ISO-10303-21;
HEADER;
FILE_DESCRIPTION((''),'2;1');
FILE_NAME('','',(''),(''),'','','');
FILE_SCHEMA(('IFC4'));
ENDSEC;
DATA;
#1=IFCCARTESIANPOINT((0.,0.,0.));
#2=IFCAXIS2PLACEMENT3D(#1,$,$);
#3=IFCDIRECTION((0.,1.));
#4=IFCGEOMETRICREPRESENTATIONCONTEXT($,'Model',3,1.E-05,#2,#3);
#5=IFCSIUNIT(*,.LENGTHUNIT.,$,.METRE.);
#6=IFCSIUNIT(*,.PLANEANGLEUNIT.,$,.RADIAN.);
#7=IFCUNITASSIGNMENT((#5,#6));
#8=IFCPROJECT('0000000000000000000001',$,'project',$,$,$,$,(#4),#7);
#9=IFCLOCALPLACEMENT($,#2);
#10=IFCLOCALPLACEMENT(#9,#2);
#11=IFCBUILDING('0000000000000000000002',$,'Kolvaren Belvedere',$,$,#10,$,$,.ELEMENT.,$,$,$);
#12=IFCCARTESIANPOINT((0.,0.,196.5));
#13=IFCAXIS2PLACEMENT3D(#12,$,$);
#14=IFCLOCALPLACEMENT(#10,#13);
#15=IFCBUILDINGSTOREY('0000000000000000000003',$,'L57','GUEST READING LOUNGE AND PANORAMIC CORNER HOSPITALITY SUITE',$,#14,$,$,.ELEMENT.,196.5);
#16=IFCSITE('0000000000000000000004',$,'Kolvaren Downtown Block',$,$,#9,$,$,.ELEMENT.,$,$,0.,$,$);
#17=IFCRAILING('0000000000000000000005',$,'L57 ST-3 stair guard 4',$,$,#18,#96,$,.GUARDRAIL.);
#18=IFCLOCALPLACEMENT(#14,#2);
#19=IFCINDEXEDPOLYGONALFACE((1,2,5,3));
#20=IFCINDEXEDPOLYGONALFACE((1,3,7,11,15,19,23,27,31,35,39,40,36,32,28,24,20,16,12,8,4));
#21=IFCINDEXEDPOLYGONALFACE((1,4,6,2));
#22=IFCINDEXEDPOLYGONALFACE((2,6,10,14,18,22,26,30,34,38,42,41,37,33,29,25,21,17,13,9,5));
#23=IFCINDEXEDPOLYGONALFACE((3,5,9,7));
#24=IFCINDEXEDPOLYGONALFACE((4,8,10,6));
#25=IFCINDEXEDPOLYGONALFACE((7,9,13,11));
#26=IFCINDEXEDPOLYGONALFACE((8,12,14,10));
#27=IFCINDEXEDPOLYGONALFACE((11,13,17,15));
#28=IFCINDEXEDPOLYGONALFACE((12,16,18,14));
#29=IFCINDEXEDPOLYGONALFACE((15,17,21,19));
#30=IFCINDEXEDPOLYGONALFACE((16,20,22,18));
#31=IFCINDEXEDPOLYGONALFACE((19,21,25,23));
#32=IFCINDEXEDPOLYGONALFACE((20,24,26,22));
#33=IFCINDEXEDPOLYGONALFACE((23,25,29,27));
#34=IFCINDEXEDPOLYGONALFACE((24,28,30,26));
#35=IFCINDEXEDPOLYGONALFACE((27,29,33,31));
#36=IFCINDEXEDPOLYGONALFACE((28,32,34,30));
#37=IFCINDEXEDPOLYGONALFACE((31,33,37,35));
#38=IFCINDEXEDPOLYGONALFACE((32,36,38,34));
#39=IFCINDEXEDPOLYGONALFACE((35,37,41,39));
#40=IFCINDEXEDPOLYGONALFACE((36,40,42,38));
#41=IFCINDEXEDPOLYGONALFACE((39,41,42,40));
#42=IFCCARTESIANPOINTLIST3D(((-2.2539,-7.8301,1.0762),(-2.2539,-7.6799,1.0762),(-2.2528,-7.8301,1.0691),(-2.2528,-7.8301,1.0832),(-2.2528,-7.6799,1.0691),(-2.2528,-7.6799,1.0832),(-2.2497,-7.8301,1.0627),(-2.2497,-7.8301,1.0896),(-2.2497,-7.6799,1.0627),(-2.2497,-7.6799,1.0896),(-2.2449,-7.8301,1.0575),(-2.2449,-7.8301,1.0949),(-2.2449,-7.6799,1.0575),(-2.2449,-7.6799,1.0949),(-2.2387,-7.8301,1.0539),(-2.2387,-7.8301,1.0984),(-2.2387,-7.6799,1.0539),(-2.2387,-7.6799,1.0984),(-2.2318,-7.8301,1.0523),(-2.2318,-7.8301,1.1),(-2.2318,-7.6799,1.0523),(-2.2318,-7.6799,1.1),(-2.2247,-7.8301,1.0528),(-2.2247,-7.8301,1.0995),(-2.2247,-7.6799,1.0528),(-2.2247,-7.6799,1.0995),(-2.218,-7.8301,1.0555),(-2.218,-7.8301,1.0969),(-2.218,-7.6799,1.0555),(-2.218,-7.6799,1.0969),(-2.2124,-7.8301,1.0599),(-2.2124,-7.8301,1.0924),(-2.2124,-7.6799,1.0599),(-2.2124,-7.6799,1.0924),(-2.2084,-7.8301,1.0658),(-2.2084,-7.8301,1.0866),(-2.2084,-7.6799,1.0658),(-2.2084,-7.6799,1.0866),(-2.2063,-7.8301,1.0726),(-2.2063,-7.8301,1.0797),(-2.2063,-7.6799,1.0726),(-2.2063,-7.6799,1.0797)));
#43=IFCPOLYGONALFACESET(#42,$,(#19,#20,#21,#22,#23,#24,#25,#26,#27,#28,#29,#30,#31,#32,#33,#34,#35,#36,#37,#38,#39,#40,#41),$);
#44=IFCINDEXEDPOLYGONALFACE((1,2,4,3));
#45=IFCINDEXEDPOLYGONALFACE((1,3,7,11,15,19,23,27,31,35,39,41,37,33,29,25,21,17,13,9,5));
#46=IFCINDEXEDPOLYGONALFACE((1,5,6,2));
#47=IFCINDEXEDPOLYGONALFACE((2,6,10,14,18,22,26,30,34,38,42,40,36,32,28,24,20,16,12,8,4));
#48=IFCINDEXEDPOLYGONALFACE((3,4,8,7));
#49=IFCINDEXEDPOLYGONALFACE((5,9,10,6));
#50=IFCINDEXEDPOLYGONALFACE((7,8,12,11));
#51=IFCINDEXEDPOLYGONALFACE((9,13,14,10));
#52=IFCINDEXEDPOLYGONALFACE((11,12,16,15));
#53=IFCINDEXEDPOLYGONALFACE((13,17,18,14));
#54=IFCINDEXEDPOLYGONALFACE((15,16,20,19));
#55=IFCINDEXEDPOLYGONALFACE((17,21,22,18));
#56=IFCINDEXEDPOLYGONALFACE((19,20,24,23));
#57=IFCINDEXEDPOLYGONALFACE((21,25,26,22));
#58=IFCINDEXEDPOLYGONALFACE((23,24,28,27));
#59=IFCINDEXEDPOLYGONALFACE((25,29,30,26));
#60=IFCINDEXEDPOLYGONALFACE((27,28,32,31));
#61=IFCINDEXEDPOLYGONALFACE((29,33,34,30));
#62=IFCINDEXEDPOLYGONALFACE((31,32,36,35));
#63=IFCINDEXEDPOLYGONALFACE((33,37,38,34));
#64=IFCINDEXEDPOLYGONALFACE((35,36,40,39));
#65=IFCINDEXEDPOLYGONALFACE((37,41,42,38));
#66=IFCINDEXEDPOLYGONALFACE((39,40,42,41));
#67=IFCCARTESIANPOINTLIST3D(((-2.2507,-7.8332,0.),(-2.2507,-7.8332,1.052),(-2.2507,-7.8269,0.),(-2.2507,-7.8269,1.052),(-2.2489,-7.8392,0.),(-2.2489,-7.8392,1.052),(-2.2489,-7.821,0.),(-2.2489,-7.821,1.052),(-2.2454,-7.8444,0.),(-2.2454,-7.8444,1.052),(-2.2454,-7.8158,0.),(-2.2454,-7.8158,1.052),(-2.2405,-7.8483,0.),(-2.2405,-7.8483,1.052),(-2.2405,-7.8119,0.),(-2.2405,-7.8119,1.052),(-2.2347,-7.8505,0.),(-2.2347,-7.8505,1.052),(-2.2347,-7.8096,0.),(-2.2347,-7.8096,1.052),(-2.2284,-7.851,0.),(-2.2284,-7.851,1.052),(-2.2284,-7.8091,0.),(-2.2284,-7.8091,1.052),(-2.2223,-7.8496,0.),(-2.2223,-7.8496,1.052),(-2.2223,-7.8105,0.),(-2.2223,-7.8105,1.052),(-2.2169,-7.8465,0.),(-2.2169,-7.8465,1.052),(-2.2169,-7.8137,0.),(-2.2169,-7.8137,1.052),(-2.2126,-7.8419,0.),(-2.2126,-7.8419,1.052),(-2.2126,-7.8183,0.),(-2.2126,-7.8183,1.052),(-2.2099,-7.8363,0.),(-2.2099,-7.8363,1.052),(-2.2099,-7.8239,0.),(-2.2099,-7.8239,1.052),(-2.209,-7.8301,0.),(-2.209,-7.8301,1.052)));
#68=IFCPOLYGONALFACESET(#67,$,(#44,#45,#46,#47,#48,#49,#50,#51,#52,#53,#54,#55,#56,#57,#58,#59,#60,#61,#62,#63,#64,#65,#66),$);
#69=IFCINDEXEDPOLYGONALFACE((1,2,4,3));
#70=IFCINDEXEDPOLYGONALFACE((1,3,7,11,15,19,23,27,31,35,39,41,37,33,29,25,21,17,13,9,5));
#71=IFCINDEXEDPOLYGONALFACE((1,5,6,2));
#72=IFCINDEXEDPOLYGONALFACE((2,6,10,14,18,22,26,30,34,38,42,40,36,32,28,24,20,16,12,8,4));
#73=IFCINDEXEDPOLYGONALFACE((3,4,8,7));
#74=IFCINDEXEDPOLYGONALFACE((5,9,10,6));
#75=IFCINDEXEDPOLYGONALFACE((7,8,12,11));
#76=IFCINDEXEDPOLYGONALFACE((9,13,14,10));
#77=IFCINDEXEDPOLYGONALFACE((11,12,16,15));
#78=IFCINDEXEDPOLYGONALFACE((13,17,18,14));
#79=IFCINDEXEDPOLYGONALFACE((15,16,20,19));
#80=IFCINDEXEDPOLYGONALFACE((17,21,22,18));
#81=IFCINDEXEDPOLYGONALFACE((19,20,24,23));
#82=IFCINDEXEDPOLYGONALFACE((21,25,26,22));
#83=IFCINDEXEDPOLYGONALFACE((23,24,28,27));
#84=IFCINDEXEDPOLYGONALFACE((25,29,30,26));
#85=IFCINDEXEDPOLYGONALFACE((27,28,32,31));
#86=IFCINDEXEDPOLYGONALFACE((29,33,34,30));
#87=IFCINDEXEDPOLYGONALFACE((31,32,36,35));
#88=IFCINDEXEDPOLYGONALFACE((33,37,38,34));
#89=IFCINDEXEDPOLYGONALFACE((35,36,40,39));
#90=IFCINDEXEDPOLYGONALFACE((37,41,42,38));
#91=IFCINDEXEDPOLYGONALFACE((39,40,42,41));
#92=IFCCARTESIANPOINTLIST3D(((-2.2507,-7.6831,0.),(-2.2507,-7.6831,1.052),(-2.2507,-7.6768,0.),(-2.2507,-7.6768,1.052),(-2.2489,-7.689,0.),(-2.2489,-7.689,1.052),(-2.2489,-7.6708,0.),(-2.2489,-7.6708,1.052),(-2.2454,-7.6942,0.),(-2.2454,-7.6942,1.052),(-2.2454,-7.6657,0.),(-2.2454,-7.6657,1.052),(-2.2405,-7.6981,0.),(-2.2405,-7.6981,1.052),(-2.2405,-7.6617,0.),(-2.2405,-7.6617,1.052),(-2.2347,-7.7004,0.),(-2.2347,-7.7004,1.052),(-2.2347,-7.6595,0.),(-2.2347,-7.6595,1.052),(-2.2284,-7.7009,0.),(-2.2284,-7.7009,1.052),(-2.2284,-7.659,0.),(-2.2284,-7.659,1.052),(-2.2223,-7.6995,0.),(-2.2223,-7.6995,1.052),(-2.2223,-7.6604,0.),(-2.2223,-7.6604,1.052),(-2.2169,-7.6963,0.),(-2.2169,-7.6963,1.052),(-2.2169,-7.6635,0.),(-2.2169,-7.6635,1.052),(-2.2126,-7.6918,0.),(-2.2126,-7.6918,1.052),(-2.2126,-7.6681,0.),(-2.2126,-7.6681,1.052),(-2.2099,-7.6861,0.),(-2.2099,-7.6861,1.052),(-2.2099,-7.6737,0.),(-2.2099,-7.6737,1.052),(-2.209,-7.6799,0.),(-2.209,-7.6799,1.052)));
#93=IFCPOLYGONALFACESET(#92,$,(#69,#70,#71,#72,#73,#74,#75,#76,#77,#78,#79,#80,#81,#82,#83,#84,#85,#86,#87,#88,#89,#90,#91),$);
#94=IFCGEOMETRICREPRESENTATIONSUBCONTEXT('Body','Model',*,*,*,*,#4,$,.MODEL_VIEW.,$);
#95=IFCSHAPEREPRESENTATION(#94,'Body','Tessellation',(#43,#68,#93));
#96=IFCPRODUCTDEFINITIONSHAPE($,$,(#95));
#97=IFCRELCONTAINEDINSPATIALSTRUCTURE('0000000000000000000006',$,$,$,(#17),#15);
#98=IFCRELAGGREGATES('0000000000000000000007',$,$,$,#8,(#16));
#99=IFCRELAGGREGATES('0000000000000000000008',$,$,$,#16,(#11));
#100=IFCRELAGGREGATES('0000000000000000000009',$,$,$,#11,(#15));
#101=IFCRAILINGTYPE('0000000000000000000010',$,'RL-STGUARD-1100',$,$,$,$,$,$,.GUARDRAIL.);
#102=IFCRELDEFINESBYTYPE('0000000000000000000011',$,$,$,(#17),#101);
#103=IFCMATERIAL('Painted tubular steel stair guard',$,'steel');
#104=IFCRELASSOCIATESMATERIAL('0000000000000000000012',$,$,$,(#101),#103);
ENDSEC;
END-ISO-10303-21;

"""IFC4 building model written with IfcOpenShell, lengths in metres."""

from ifc_helpers import new_model, si_unit, direction, frame, origin, origin_2d, place, context, subcontext, project, spatial, circle, extrude, material, type_object, element, save


model = new_model("IFC4")

# Units and contexts
model_context = context("Model", 3, precision=1e-05, world=origin(), true_north=direction((0.0, 1.0)))
body_context = subcontext(model_context, "Body", "Model", "MODEL_VIEW")
ifc_project = project(units=[si_unit("LENGTHUNIT", "METRE"), si_unit("PLANEANGLEUNIT", "RADIAN")], contexts=[model_context])

# Site, building, storey
site_placement = place(None, origin())
site = spatial("IfcSite", under=ifc_project, at=site_placement, Name="Kolvaren Downtown Block", CompositionType="ELEMENT", RefElevation=0.0)
building_placement = place(site_placement, origin())
building = spatial("IfcBuilding", under=site, at=building_placement, Name="Kolvaren Belvedere", CompositionType="ELEMENT")
storey_placement = place(building_placement, frame((0.0, 0.0, 196.5)))
storey = spatial("IfcBuildingStorey", under=building, at=storey_placement, Name="L57", Description="GUEST READING LOUNGE AND PANORAMIC CORNER HOSPITALITY SUITE", CompositionType="ELEMENT", Elevation=196.5)

# Railing
ifc_material_1 = material(Name="Painted tubular steel stair guard", Category="steel")
railing_type_1 = type_object("IfcRailingType", Name="RL-STGUARD-1100", PredefinedType="GUARDRAIL", material=ifc_material_1)
railing_1_placement = place(storey_placement, frame((-2.23, -7.8301, 0.0)))
element("IfcRailing", 1, at=railing_1_placement, inside=storey, type_object=railing_type_1, Name="L57 ST-3 stair guard 4", PredefinedType="GUARDRAIL", context=body_context, shape_type="SweptSolid", body=[
    extrude(circle(Radius=0.0239, at=origin_2d()), frame((0.0, 0.0, 1.0762), z_axis=(0.0, 1.0, 0.0), x_axis=(-1.0, 0.0, 0.0)), (0.0, 0.0, 1.0), 0.1501),
    extrude(circle(Radius=0.021, at=origin_2d()), origin(), (0.0, 0.0, 1.0), 1.052),
    extrude(circle(Radius=0.021, at=origin_2d()), frame((0.0, 0.1501, 0.0)), (0.0, 0.0, 1.0), 1.052),
])

save(model, "model.ifc")
